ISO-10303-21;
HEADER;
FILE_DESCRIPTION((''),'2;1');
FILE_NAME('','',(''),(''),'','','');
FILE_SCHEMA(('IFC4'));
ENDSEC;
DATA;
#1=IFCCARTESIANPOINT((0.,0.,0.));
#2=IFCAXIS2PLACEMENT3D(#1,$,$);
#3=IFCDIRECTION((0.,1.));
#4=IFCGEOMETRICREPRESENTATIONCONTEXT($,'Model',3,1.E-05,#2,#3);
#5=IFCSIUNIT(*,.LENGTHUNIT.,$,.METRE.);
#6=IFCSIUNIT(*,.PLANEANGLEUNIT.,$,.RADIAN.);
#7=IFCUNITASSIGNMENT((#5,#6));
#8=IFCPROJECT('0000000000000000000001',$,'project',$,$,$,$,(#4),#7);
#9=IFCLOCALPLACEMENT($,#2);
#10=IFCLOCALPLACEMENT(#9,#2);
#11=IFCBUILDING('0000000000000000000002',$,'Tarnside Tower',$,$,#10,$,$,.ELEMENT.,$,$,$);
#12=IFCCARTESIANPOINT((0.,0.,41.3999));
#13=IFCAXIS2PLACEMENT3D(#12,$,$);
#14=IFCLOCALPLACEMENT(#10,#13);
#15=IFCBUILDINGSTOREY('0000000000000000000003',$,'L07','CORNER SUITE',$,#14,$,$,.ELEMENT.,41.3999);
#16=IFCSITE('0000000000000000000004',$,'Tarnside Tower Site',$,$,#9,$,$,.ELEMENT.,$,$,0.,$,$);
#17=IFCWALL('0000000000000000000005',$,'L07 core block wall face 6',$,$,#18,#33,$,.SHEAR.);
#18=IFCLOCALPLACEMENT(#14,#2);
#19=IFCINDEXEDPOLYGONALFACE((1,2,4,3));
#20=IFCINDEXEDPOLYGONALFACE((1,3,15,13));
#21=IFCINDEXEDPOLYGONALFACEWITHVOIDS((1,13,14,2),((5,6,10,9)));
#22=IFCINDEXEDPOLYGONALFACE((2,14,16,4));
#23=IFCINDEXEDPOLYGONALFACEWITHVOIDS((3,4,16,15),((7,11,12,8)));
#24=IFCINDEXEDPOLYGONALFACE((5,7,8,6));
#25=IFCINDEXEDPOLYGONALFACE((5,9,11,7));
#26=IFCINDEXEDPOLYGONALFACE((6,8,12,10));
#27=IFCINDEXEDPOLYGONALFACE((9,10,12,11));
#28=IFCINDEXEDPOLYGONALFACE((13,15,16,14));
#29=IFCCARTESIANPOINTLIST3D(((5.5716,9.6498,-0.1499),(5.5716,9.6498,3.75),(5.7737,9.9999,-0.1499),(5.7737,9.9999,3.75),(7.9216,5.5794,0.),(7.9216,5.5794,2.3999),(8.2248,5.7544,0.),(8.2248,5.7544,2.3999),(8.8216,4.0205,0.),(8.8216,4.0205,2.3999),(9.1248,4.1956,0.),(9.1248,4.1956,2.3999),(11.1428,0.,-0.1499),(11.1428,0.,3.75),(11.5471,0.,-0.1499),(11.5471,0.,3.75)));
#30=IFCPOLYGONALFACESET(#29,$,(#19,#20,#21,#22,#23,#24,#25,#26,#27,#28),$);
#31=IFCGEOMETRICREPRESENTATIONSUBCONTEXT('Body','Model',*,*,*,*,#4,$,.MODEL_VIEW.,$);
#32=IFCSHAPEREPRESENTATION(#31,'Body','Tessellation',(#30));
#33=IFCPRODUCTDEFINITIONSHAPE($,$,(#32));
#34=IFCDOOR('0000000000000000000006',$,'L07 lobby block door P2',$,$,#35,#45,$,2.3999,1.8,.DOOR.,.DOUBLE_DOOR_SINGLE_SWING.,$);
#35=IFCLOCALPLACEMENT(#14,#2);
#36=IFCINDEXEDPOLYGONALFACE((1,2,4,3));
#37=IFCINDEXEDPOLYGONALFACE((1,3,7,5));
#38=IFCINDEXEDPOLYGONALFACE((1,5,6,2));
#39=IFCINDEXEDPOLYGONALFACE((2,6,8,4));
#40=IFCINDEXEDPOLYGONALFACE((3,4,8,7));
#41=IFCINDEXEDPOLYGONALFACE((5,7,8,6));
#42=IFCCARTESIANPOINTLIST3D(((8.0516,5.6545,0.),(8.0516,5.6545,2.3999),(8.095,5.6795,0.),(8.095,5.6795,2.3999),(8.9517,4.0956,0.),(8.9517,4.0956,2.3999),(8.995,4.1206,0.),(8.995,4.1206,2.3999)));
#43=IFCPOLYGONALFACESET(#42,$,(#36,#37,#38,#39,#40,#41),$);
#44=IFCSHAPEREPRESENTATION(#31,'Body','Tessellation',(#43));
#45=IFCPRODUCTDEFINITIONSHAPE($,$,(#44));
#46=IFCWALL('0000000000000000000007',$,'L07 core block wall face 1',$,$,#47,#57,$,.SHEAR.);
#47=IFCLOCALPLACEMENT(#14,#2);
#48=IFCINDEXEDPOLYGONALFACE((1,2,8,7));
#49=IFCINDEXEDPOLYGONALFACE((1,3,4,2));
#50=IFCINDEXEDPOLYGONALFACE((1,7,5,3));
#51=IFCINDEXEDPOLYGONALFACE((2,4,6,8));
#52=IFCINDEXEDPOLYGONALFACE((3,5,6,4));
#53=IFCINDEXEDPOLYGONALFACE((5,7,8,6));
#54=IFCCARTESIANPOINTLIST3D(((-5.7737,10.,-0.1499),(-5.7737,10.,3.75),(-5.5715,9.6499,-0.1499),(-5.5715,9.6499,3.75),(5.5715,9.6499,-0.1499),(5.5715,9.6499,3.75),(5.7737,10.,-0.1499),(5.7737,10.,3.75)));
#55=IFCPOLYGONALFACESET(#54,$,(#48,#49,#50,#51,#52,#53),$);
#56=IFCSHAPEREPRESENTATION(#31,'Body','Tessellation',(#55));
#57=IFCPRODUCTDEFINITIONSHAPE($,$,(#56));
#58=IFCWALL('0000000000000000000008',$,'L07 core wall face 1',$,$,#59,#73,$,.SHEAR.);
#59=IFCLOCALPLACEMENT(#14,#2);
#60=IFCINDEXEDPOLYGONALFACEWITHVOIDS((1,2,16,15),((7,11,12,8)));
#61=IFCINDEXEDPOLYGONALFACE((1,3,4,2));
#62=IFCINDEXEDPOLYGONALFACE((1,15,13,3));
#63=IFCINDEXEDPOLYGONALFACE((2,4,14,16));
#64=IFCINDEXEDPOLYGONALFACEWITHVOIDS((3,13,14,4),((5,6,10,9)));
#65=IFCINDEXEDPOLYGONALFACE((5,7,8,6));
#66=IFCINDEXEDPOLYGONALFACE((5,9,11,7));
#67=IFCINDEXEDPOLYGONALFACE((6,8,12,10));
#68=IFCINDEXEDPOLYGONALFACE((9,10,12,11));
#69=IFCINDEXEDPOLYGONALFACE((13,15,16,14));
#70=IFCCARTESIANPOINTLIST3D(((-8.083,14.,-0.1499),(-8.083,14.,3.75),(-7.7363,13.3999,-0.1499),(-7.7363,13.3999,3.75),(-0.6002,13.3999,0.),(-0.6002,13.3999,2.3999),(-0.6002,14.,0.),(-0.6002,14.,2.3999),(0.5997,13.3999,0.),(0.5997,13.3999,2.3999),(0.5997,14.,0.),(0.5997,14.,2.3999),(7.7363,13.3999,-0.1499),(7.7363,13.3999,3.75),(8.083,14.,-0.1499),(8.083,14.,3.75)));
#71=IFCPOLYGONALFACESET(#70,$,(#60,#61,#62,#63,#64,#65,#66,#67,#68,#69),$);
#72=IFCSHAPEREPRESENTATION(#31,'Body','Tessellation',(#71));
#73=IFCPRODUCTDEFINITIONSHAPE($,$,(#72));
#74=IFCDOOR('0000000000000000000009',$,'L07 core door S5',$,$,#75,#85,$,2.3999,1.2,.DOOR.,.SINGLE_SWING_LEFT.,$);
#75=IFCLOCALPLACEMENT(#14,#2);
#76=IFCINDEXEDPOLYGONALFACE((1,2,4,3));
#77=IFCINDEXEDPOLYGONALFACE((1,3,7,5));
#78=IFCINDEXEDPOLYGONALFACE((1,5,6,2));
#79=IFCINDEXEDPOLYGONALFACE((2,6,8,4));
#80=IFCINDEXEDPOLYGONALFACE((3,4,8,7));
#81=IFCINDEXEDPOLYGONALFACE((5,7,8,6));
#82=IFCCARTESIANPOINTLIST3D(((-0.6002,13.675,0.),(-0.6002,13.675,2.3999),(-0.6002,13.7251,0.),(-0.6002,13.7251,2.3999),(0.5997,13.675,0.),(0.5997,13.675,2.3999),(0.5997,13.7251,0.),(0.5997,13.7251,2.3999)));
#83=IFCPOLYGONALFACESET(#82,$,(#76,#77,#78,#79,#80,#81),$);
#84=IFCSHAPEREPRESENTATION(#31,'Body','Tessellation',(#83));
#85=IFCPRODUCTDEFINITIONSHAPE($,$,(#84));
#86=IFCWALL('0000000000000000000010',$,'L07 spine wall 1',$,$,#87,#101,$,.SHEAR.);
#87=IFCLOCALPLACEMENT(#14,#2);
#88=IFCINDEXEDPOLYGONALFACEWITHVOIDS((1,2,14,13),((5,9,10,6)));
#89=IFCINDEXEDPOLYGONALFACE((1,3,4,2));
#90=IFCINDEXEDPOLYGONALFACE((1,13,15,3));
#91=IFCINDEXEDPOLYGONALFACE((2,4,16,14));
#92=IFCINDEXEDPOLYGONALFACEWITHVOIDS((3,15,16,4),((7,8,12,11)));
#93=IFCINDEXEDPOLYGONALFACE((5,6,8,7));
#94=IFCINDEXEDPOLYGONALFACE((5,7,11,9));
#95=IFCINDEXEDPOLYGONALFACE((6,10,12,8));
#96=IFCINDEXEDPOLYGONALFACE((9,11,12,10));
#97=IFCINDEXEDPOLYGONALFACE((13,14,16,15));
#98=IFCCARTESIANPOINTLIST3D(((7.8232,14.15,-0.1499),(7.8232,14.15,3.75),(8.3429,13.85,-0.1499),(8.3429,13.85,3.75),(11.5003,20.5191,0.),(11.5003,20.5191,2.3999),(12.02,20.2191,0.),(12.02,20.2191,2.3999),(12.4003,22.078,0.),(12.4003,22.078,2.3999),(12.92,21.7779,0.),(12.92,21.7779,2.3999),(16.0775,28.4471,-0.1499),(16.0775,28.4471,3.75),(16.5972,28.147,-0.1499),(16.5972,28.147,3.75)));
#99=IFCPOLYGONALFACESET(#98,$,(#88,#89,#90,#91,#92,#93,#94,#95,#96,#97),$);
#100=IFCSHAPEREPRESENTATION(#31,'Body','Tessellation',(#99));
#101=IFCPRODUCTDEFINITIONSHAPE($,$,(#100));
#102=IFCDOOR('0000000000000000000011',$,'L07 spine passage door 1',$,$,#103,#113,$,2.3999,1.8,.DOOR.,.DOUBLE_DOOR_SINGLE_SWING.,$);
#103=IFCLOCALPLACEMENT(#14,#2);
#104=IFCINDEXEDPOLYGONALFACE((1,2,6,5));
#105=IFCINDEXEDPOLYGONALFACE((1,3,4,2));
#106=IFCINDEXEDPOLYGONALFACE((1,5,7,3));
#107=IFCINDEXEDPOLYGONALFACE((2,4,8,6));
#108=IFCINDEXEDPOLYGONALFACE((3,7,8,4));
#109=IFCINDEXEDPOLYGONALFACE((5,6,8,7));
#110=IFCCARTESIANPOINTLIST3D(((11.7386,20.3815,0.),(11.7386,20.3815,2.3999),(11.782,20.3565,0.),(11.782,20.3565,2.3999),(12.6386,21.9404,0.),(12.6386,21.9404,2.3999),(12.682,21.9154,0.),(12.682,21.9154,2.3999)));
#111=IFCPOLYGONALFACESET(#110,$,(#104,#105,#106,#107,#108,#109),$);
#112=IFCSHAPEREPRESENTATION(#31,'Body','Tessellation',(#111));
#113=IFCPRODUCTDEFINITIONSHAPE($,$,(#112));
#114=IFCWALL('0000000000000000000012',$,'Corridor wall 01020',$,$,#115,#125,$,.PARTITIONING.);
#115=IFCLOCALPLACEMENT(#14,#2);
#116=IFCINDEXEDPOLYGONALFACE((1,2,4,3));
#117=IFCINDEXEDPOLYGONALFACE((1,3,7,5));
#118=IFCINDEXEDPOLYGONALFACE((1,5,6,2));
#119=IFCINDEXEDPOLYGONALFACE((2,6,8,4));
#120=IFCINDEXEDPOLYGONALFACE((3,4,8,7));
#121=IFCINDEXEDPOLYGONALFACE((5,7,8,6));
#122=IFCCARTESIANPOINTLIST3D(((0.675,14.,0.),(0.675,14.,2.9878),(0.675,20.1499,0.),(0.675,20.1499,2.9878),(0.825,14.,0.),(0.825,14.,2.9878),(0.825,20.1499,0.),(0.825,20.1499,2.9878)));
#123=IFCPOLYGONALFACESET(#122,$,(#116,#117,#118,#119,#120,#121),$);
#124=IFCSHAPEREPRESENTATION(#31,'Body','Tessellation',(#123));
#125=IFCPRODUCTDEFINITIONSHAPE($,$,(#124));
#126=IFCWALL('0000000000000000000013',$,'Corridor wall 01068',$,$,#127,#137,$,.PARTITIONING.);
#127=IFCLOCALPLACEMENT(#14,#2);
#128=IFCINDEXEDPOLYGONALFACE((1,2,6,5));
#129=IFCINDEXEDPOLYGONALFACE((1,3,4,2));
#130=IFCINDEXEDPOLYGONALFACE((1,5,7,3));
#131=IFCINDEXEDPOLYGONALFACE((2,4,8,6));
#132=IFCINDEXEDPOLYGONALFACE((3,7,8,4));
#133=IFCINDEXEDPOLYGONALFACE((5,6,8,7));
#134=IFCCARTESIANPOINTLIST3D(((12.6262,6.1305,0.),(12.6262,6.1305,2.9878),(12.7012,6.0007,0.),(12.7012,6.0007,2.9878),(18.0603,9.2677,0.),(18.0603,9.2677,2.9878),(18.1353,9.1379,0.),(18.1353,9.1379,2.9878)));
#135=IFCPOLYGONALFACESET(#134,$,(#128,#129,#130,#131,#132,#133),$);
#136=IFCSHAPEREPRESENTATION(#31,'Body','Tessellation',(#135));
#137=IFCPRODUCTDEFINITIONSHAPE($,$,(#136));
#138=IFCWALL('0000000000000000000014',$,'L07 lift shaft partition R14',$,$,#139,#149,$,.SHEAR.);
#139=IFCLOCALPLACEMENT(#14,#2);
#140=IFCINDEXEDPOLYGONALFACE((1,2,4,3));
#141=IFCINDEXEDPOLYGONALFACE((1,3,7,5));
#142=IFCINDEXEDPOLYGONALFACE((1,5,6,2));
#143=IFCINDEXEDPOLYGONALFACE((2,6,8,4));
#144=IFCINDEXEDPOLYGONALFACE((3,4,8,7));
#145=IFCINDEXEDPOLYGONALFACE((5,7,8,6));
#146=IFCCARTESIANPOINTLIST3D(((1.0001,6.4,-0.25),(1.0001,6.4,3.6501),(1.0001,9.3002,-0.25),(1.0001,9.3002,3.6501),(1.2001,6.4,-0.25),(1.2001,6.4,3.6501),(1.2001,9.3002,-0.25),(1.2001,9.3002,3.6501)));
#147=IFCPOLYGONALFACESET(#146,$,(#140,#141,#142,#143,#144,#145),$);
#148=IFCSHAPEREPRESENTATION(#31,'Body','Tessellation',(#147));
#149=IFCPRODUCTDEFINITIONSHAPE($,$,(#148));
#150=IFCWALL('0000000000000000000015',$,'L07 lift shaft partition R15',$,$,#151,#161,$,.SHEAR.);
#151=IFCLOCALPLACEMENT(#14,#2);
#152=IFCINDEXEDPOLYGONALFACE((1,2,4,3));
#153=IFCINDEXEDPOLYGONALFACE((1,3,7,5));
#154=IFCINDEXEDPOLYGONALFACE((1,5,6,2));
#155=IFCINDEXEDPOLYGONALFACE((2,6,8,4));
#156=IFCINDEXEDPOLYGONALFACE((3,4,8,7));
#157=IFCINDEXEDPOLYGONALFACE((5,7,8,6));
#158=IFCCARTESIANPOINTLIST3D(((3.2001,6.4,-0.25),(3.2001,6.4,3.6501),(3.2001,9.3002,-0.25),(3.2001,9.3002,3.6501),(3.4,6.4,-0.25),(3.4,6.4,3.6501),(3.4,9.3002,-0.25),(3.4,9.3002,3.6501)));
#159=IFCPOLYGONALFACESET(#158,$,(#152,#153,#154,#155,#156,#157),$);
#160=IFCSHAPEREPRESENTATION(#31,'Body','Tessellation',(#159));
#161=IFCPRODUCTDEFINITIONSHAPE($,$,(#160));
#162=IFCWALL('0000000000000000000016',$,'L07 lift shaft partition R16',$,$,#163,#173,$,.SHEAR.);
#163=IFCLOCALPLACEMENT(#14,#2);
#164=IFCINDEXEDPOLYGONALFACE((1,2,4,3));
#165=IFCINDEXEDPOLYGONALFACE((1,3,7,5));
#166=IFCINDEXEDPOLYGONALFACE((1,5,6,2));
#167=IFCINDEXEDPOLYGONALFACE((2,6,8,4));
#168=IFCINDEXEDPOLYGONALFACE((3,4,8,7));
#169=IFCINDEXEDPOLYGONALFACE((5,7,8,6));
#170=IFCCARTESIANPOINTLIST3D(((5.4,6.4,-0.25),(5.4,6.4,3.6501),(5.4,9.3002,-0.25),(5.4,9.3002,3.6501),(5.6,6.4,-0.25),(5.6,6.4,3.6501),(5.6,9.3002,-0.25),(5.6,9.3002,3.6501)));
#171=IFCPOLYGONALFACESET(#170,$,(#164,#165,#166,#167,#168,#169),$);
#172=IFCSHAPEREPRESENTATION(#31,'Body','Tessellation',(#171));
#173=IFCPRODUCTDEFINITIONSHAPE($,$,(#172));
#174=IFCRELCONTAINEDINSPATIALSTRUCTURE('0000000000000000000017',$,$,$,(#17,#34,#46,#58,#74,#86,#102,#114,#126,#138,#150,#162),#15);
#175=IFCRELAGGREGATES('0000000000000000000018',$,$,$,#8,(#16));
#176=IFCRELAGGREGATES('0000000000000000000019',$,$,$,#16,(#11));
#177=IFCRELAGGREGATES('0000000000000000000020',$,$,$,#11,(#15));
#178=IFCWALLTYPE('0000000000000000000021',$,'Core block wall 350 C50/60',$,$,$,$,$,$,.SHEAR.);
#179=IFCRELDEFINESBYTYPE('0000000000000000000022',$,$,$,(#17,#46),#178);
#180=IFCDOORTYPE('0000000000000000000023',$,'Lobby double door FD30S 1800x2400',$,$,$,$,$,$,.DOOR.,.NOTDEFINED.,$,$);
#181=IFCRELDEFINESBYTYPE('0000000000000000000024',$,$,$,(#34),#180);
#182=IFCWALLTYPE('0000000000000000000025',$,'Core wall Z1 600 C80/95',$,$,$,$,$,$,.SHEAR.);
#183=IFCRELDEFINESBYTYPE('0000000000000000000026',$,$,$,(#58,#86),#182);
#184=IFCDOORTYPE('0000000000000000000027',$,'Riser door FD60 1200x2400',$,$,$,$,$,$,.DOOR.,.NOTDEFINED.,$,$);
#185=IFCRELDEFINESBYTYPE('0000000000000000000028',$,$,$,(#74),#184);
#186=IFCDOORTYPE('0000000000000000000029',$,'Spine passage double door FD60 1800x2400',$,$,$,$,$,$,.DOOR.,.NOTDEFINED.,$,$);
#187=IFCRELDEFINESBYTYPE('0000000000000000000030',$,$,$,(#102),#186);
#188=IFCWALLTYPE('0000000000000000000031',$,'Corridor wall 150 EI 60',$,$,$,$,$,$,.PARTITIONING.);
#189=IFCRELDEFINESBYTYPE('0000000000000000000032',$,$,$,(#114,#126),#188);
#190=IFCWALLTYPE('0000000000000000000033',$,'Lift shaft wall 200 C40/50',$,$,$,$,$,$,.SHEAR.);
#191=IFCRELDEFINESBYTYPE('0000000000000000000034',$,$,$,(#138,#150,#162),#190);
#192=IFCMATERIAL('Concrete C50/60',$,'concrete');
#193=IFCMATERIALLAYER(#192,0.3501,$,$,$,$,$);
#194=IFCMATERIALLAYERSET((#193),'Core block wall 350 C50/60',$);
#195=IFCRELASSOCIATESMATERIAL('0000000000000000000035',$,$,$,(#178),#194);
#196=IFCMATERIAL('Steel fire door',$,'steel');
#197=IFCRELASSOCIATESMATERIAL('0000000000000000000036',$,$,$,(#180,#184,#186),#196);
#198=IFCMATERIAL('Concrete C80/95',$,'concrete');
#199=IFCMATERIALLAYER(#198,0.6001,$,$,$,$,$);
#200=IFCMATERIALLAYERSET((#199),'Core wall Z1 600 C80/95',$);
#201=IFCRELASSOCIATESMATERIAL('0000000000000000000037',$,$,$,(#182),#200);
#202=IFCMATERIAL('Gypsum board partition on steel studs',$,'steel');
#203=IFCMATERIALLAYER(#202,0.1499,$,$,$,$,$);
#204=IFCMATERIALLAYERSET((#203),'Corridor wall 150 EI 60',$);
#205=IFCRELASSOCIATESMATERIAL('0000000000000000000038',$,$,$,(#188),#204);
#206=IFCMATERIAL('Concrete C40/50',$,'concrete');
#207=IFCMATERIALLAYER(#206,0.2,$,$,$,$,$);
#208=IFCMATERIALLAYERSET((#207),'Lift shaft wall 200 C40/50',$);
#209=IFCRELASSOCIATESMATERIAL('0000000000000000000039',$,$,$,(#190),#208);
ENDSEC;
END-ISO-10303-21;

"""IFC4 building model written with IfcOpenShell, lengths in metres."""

from ifc_helpers import new_model, si_unit, direction, frame, frame_2d, origin, place, context, subcontext, project, spatial, polyline, rectangle, outline, extrude, material, layer, layer_set, type_object, element, fill, save


model = new_model("IFC4")

# Units and contexts
model_context = context("Model", 3, precision=1e-05, world=origin(), true_north=direction((0.0, 1.0)))
body_context = subcontext(model_context, "Body", "Model", "MODEL_VIEW")
ifc_project = project(units=[si_unit("LENGTHUNIT", "METRE"), si_unit("PLANEANGLEUNIT", "RADIAN")], contexts=[model_context])

# Site, building, storey
site_placement = place(None, origin())
site = spatial("IfcSite", under=ifc_project, at=site_placement, Name="Tarnside Tower Site", CompositionType="ELEMENT", RefElevation=0.0)
building_placement = place(site_placement, origin())
building = spatial("IfcBuilding", under=site, at=building_placement, Name="Tarnside Tower", CompositionType="ELEMENT")
storey_placement = place(building_placement, frame((0.0, 0.0, 41.3999)))
storey = spatial("IfcBuildingStorey", under=building, at=storey_placement, Name="L07", Description="CORNER SUITE", CompositionType="ELEMENT", Elevation=41.3999)

# Wall, opening, door
ifc_material_1 = material(Name="Concrete C50/60", Category="concrete")
ifc_layer_1 = layer(ifc_material_1, 0.3501)
ifc_layer_set_1 = layer_set([ifc_layer_1], Name="Core block wall 350 C50/60")
wall_type_1 = type_object("IfcWallType", Name="Core block wall 350 C50/60", PredefinedType="SHEAR", material=ifc_layer_set_1)
wall_1_placement = place(storey_placement, frame((11.345, 0.0, -0.1499), z_axis=(0.0, 0.0, 1.0), x_axis=(-0.499995, 0.866028, 0.0)))
wall_1 = element("IfcWall", 1, at=wall_1_placement, inside=storey, type_object=wall_type_1, Name="L07 core block wall face 6", PredefinedType="SHEAR", context=body_context, shape_type="SweptSolid", body=[
    extrude(outline(polyline([(-0.1011, -0.175), (11.4458, -0.175), (11.2437, 0.175), (0.1011, 0.175), (-0.1011, -0.175)])), origin(), (0.0, 0.0, 1.0), 3.8999),
])
opening_1_placement = place(wall_1_placement, frame((4.7437, 0.0, 0.1499)))
opening_1 = element("IfcOpeningElement", 2, at=opening_1_placement, cuts=wall_1, PredefinedType="OPENING", context=body_context, shape_type="SweptSolid", body=[
    extrude(rectangle(XDim=1.8, YDim=2.3999, at=frame_2d((0.8999, 1.2))), frame((0.0, 0.1851, 0.0), z_axis=(0.0, -1.0, 0.0), x_axis=(1.0, 0.0, 0.0)), (0.0, 0.0, 1.0), 0.3701),
])
ifc_material_2 = material(Name="Steel fire door", Category="steel")
door_type_1 = type_object("IfcDoorType", Name="Lobby double door FD30S 1800x2400", OperationType="NOTDEFINED", PredefinedType="DOOR", material=ifc_material_2)
door_1_placement = place(opening_1_placement, origin())
door_1 = element("IfcDoor", 3, at=door_1_placement, inside=storey, type_object=door_type_1, Name="L07 lobby block door P2", OperationType="DOUBLE_DOOR_SINGLE_SWING", OverallHeight=2.3999, OverallWidth=1.8, PredefinedType="DOOR", context=body_context, shape_type="SweptSolid", body=[
    extrude(rectangle(XDim=1.8, YDim=2.3999, at=frame_2d((0.8999, 1.2))), frame((0.0, 0.0249, 0.0), z_axis=(0.0, -1.0, 0.0), x_axis=(1.0, 0.0, 0.0)), (0.0, 0.0, 1.0), 0.05),
])
fill(opening_1, door_1)

# Wall
wall_2_placement = place(storey_placement, frame((5.6726, 9.825, -0.1499), z_axis=(0.0, 0.0, 1.0), x_axis=(-1.0, 0.0, 0.0)))
element("IfcWall", 4, at=wall_2_placement, inside=storey, type_object=wall_type_1, Name="L07 core block wall face 1", PredefinedType="SHEAR", context=body_context, shape_type="SweptSolid", body=[
    extrude(outline(polyline([(-0.1011, -0.175), (11.4463, -0.175), (11.2441, 0.175), (0.1011, 0.175), (-0.1011, -0.175)])), origin(), (0.0, 0.0, 1.0), 3.8999),
])

# Walls, openings, doors
ifc_material_3 = material(Name="Concrete C80/95", Category="concrete")
ifc_layer_2 = layer(ifc_material_3, 0.6001)
ifc_layer_set_2 = layer_set([ifc_layer_2], Name="Core wall Z1 600 C80/95")
wall_type_2 = type_object("IfcWallType", Name="Core wall Z1 600 C80/95", PredefinedType="SHEAR", material=ifc_layer_set_2)
wall_3_placement = place(storey_placement, frame((7.9097, 13.7, -0.1499), z_axis=(0.0, 0.0, 1.0), x_axis=(-1.0, 0.0, 0.0)))
wall_3 = element("IfcWall", 5, at=wall_3_placement, inside=storey, type_object=wall_type_2, Name="L07 core wall face 1", PredefinedType="SHEAR", context=body_context, shape_type="SweptSolid", body=[
    extrude(outline(polyline([(-0.1733, -0.3), (15.9927, -0.3), (15.646, 0.3), (0.1733, 0.3), (-0.1733, -0.3)])), origin(), (0.0, 0.0, 1.0), 3.8999),
])
opening_2_placement = place(wall_3_placement, frame((7.3098, 0.0, 0.1499)))
opening_2 = element("IfcOpeningElement", 6, at=opening_2_placement, cuts=wall_3, PredefinedType="OPENING", context=body_context, shape_type="SweptSolid", body=[
    extrude(rectangle(XDim=1.2, YDim=2.3999, at=frame_2d((0.6001, 1.2))), frame((0.0, 0.3101, 0.0), z_axis=(0.0, -1.0, 0.0), x_axis=(1.0, 0.0, 0.0)), (0.0, 0.0, 1.0), 0.6201),
])
door_type_2 = type_object("IfcDoorType", Name="Riser door FD60 1200x2400", OperationType="NOTDEFINED", PredefinedType="DOOR", material=ifc_material_2)
door_2_placement = place(opening_2_placement, origin())
door_2 = element("IfcDoor", 7, at=door_2_placement, inside=storey, type_object=door_type_2, Name="L07 core door S5", OperationType="SINGLE_SWING_LEFT", OverallHeight=2.3999, OverallWidth=1.2, PredefinedType="DOOR", context=body_context, shape_type="SweptSolid", body=[
    extrude(rectangle(XDim=1.2, YDim=2.3999, at=frame_2d((0.6001, 1.2))), frame((0.0, 0.0249, 0.0), z_axis=(0.0, -1.0, 0.0), x_axis=(1.0, 0.0, 0.0)), (0.0, 0.0, 1.0), 0.05),
])
fill(opening_2, door_2)
wall_4_placement = place(storey_placement, frame((8.083, 14.0, -0.1499), z_axis=(0.0, 0.0, 1.0), x_axis=(0.499998, 0.866027, 0.0)))
wall_4 = element("IfcWall", 8, at=wall_4_placement, inside=storey, type_object=wall_type_2, Name="L07 spine wall 1", PredefinedType="SHEAR", context=body_context, shape_type="SweptSolid", body=[
    extrude(rectangle(XDim=16.5088, YDim=0.6001, at=frame_2d((8.2544, 0.0))), origin(), (0.0, 0.0, 1.0), 3.8999),
])
opening_3_placement = place(wall_4_placement, frame((7.3545, 0.0, 0.1499)))
opening_3 = element("IfcOpeningElement", 9, at=opening_3_placement, cuts=wall_4, PredefinedType="OPENING", context=body_context, shape_type="SweptSolid", body=[
    extrude(rectangle(XDim=1.8, YDim=2.3999, at=frame_2d((0.8999, 1.2))), frame((0.0, 0.3101, 0.0), z_axis=(0.0, -1.0, 0.0), x_axis=(1.0, 0.0, 0.0)), (0.0, 0.0, 1.0), 0.6201),
])
door_type_3 = type_object("IfcDoorType", Name="Spine passage double door FD60 1800x2400", OperationType="NOTDEFINED", PredefinedType="DOOR", material=ifc_material_2)
door_3_placement = place(opening_3_placement, origin())
door_3 = element("IfcDoor", 10, at=door_3_placement, inside=storey, type_object=door_type_3, Name="L07 spine passage door 1", OperationType="DOUBLE_DOOR_SINGLE_SWING", OverallHeight=2.3999, OverallWidth=1.8, PredefinedType="DOOR", context=body_context, shape_type="SweptSolid", body=[
    extrude(rectangle(XDim=1.8, YDim=2.3999, at=frame_2d((0.8999, 1.2))), frame((0.0, 0.0249, 0.0), z_axis=(0.0, -1.0, 0.0), x_axis=(1.0, 0.0, 0.0)), (0.0, 0.0, 1.0), 0.05),
])
fill(opening_3, door_3)

# Walls
ifc_material_4 = material(Name="Gypsum board partition on steel studs", Category="steel")
ifc_layer_3 = layer(ifc_material_4, 0.1499)
ifc_layer_set_3 = layer_set([ifc_layer_3], Name="Corridor wall 150 EI 60")
wall_type_3 = type_object("IfcWallType", Name="Corridor wall 150 EI 60", PredefinedType="PARTITIONING", material=ifc_layer_set_3)
wall_5_placement = place(storey_placement, frame((0.75, 14.0, 0.0), z_axis=(0.0, 0.0, 1.0), x_axis=(0.0, 1.0, 0.0)))
element("IfcWall", 11, at=wall_5_placement, inside=storey, type_object=wall_type_3, Name="Corridor wall 01020", PredefinedType="PARTITIONING", context=body_context, shape_type="SweptSolid", body=[
    extrude(rectangle(XDim=6.1499, YDim=0.1499, at=frame_2d((3.075, 0.0))), origin(), (0.0, 0.0, 1.0), 2.9878),
])
wall_6_placement = place(storey_placement, frame((12.6638, 6.0657, 0.0), z_axis=(0.0, 0.0, 1.0), x_axis=(0.866037, 0.499981, 0.0)))
element("IfcWall", 12, at=wall_6_placement, inside=storey, type_object=wall_type_3, Name="Corridor wall 01068", PredefinedType="PARTITIONING", context=body_context, shape_type="SweptSolid", body=[
    extrude(rectangle(XDim=6.2747, YDim=0.1499, at=frame_2d((3.1372, 0.0))), origin(), (0.0, 0.0, 1.0), 2.9878),
])
ifc_material_5 = material(Name="Concrete C40/50", Category="concrete")
ifc_layer_4 = layer(ifc_material_5, 0.2)
ifc_layer_set_4 = layer_set([ifc_layer_4], Name="Lift shaft wall 200 C40/50")
wall_type_4 = type_object("IfcWallType", Name="Lift shaft wall 200 C40/50", PredefinedType="SHEAR", material=ifc_layer_set_4)
for number, where, z_axis, x_axis, name in (
    (13, (1.1001, 6.3999, -0.25), (0.0, 0.0, 1.0), (0.0, 1.0, 0.0), "L07 lift shaft partition R14"),
    (14, (3.3, 6.3999, -0.25), (0.0, 0.0, 1.0), (0.0, 1.0, 0.0), "L07 lift shaft partition R15"),
    (15, (5.5, 6.3999, -0.25), (0.0, 0.0, 1.0), (0.0, 1.0, 0.0), "L07 lift shaft partition R16"),
):
    element("IfcWall", number, at=place(storey_placement, frame(where, z_axis=z_axis, x_axis=x_axis)), inside=storey, type_object=wall_type_4, Name=name, PredefinedType="SHEAR", context=body_context, shape_type="SweptSolid", body=[
        extrude(rectangle(XDim=2.9001, YDim=0.2, at=frame_2d((1.4502, 0.0))), origin(), (0.0, 0.0, 1.0), 3.9001),
    ])

save(model, "model.ifc")
